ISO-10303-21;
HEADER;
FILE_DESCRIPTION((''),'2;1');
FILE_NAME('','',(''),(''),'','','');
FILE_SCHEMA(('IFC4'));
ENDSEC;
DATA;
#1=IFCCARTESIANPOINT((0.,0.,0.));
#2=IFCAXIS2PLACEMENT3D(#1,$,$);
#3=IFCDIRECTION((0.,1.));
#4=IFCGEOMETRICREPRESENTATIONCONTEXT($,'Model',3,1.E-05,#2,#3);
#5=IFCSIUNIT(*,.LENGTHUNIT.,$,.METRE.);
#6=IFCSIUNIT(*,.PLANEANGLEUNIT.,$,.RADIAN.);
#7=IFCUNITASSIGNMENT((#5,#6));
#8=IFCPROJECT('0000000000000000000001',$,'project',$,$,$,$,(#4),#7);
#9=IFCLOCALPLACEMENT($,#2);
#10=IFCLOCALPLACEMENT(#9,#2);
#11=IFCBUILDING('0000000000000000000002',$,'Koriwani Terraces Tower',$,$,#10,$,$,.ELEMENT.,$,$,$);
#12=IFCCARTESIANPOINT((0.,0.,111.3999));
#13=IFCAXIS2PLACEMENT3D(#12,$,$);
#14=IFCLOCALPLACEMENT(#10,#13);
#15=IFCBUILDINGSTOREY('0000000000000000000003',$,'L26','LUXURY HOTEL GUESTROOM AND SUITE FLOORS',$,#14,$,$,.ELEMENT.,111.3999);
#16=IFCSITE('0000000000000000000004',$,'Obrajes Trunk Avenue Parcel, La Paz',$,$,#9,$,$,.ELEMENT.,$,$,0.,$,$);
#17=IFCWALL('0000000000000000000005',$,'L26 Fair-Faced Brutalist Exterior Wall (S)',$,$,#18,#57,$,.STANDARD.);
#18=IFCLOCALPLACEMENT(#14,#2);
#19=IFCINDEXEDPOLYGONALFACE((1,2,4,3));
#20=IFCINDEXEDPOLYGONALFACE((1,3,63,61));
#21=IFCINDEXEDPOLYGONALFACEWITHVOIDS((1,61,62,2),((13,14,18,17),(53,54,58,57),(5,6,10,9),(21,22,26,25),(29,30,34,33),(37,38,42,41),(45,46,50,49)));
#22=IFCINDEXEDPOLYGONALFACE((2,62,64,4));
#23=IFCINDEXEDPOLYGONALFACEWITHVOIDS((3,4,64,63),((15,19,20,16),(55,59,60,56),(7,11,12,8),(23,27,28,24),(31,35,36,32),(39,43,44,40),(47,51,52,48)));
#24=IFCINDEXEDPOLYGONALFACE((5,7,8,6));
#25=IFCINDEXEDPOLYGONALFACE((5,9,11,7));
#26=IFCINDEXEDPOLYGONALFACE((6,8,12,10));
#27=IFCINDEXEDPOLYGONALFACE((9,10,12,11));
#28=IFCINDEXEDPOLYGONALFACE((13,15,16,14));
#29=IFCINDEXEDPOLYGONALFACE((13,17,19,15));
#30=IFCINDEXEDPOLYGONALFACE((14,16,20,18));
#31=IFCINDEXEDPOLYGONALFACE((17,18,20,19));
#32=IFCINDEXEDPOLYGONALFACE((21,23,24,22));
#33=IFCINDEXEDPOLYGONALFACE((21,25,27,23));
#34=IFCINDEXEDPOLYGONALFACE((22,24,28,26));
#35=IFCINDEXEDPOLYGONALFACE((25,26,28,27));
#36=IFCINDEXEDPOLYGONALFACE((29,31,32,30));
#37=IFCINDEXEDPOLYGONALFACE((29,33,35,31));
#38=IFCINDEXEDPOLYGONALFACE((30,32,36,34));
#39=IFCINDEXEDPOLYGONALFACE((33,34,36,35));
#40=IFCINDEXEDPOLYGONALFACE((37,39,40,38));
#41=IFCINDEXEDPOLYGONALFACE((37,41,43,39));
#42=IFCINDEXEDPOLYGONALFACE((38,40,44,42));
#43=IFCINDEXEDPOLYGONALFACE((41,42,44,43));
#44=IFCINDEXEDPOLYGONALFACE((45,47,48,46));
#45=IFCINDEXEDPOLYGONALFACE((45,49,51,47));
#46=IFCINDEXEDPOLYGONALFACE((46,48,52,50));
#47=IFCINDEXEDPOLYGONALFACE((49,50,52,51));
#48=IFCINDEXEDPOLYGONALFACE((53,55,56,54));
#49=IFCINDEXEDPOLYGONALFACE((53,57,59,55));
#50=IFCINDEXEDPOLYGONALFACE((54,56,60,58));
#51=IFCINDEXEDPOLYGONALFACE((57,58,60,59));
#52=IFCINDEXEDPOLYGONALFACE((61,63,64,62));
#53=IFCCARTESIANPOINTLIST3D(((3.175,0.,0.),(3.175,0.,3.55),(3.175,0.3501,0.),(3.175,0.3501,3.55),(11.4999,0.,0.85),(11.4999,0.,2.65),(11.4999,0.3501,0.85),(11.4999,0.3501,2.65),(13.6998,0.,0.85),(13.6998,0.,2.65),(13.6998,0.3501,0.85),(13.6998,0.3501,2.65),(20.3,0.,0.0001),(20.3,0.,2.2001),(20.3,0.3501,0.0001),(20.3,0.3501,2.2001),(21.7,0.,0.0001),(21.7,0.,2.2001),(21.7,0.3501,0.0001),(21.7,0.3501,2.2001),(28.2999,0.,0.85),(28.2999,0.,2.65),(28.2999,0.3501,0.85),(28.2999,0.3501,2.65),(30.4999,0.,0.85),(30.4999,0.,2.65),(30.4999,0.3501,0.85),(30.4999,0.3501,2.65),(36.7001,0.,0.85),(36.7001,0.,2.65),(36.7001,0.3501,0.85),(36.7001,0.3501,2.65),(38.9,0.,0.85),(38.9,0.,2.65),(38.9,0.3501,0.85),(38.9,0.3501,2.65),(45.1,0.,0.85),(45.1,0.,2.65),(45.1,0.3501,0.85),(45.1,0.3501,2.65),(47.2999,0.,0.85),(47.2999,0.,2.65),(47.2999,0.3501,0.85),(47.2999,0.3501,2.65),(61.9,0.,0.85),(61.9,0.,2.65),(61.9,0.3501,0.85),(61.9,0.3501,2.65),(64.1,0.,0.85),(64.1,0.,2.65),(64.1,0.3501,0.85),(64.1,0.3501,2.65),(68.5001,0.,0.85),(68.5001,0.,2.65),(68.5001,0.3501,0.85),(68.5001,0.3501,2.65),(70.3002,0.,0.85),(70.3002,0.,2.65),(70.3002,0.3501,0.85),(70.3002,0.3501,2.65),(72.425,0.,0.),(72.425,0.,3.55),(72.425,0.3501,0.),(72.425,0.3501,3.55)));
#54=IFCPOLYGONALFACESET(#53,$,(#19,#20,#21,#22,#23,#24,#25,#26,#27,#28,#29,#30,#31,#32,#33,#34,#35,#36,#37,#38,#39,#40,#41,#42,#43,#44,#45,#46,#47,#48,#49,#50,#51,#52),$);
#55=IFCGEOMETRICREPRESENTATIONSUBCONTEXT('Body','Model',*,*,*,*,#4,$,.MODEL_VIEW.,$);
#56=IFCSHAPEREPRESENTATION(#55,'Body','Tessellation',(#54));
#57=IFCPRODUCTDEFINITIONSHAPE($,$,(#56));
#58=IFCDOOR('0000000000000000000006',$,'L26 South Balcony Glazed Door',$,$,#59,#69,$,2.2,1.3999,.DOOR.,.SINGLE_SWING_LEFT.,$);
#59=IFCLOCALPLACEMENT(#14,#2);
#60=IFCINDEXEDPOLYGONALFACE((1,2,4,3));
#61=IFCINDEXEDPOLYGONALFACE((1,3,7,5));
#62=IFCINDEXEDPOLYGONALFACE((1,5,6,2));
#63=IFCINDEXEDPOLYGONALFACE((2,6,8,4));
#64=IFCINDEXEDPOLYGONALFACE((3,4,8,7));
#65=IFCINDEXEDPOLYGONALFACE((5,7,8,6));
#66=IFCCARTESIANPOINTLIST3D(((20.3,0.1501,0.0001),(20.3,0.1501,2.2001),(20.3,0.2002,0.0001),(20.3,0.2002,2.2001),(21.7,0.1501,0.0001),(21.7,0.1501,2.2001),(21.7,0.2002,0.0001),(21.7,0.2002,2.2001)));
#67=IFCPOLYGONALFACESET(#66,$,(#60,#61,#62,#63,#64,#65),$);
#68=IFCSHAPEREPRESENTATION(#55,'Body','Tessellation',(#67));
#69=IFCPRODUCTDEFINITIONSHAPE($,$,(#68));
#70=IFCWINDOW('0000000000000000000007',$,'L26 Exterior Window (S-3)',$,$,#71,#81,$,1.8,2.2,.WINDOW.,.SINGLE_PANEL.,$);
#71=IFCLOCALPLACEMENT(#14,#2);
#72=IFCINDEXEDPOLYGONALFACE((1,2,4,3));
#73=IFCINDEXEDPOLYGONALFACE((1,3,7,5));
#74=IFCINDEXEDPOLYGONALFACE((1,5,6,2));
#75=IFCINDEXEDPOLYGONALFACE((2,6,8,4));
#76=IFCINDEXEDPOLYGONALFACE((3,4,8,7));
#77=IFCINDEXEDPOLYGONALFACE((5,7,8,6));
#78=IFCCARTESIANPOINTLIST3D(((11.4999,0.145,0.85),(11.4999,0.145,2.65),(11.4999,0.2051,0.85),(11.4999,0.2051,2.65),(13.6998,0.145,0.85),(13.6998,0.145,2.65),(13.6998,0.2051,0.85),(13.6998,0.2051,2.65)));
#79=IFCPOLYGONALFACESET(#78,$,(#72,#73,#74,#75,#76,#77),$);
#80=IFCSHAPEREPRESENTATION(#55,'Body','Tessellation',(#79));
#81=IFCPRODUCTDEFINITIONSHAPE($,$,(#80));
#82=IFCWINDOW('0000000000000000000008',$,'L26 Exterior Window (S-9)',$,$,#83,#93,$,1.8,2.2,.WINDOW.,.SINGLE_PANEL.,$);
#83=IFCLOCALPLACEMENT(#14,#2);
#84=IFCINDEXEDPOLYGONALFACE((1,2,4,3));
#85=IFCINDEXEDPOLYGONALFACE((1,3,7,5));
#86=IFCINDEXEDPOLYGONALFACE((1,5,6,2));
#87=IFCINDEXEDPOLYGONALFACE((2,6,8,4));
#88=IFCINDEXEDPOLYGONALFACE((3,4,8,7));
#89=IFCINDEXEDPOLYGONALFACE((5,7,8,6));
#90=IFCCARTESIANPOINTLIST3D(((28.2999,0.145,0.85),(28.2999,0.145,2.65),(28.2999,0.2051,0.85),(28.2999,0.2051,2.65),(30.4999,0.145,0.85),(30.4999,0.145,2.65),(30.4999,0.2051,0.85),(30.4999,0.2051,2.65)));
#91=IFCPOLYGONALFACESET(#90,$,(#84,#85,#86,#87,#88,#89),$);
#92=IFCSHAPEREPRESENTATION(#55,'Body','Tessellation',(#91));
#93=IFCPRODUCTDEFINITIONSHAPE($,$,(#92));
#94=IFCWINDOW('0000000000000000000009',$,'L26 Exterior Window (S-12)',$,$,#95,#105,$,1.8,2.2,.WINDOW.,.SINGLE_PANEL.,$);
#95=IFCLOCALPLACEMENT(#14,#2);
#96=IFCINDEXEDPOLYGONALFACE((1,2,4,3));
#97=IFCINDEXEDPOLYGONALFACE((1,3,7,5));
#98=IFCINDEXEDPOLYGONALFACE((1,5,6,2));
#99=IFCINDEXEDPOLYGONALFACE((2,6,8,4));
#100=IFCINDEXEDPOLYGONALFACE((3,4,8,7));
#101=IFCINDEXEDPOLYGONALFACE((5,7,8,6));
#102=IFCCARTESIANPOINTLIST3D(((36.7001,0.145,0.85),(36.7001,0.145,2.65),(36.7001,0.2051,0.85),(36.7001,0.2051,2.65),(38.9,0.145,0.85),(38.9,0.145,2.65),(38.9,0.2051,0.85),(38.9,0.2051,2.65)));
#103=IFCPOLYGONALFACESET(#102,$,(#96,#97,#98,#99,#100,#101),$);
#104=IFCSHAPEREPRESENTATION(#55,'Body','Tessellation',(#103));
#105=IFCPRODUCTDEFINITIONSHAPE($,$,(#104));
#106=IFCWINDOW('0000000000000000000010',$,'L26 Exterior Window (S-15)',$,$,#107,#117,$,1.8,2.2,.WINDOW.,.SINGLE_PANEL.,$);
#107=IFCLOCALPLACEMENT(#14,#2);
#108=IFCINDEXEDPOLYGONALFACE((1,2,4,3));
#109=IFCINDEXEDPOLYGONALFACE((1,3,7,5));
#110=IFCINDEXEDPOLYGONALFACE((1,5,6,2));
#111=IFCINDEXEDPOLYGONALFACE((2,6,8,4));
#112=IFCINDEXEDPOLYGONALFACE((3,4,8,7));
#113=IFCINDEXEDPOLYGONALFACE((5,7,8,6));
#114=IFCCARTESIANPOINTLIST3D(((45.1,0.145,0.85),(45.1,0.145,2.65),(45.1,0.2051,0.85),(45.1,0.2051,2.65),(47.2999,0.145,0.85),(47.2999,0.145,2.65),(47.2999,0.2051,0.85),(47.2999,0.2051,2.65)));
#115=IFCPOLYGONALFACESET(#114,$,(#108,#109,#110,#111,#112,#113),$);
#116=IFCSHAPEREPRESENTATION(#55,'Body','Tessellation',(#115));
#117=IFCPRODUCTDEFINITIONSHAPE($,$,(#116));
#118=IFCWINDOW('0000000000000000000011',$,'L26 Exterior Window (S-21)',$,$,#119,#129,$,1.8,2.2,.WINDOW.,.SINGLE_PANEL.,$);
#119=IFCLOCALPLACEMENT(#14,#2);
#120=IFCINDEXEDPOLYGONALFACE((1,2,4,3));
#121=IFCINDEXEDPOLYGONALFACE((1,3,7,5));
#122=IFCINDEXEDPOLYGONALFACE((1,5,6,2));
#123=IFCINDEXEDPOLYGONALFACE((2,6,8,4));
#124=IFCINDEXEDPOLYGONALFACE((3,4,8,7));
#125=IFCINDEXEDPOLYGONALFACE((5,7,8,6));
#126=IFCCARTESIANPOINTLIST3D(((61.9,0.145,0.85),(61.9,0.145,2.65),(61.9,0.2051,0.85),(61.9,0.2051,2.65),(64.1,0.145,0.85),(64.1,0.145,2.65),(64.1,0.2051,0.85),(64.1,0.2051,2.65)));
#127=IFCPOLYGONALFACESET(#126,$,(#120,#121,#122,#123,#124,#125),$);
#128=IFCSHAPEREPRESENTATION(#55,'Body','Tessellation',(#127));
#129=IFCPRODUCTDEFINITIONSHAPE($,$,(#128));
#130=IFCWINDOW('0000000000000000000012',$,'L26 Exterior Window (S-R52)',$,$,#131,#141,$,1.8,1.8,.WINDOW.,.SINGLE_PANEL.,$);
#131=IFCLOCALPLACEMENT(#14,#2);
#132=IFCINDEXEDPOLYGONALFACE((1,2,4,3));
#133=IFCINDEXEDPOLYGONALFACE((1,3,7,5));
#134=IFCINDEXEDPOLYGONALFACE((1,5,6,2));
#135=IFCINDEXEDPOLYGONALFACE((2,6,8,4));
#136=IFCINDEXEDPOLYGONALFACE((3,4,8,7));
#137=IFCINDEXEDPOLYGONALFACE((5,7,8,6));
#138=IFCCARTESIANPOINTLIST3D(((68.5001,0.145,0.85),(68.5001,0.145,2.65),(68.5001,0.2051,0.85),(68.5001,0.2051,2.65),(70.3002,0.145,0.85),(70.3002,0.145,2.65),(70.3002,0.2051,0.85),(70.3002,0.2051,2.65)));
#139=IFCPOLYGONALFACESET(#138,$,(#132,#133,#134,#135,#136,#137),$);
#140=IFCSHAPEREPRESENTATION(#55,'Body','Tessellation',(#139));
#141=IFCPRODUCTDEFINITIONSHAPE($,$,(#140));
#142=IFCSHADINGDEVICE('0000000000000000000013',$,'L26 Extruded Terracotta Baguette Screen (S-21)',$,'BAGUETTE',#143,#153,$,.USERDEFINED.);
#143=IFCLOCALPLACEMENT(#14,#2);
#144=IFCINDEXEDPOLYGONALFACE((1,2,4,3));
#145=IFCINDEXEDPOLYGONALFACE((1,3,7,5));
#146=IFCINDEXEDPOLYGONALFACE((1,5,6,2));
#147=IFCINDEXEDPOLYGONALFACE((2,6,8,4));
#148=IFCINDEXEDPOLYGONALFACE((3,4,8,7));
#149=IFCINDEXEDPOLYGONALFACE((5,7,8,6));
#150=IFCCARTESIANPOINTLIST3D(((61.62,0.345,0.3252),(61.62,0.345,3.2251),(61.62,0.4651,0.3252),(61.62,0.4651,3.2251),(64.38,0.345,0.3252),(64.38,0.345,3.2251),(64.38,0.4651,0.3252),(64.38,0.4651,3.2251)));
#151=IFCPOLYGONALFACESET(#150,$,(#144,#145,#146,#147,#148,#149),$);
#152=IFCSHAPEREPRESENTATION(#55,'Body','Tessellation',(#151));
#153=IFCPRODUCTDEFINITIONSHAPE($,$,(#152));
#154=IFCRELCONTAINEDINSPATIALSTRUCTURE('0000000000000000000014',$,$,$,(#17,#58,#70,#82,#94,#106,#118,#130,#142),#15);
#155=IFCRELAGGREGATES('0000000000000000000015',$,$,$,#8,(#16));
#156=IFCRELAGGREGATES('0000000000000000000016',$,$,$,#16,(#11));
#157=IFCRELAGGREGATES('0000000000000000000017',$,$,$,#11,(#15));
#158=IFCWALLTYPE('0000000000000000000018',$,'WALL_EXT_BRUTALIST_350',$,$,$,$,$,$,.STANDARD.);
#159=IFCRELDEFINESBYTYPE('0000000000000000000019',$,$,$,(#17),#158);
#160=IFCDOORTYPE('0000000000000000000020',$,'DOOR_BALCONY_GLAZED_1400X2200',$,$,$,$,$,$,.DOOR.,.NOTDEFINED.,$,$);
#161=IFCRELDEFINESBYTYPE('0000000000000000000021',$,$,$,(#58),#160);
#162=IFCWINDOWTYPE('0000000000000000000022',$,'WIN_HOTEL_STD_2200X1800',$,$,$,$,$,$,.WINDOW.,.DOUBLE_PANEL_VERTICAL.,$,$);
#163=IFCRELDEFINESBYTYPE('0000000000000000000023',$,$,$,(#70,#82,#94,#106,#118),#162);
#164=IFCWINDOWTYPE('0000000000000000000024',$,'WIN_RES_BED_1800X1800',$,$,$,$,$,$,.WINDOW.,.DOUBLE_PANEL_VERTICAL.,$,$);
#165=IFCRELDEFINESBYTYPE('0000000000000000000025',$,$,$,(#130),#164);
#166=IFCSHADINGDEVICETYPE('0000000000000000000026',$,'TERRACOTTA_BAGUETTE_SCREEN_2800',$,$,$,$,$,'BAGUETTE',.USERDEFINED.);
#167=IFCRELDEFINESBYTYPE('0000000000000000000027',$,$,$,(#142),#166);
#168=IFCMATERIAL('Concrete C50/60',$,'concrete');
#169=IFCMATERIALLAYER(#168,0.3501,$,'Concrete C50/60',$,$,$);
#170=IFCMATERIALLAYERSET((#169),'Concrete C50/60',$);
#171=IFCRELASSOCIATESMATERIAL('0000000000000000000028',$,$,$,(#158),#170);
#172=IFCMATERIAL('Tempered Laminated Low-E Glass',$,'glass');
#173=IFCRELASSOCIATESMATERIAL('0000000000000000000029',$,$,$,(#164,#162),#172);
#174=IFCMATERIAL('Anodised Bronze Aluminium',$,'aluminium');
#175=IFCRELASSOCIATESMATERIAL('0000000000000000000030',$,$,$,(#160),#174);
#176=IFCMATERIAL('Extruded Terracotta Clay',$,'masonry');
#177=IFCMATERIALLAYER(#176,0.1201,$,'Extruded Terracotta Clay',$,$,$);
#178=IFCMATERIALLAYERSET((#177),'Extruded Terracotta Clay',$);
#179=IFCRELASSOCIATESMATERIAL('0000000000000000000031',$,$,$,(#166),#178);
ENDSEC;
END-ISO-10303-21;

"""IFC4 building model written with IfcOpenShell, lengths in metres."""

from ifc_helpers import new_model, si_unit, direction, frame, frame_2d, origin, origin_2d, place, context, subcontext, project, spatial, rectangle, extrude, material, layer, layer_set, type_object, element, fill, save


model = new_model("IFC4")

# Units and contexts
model_context = context("Model", 3, precision=1e-05, world=origin(), true_north=direction((0.0, 1.0)))
body_context = subcontext(model_context, "Body", "Model", "MODEL_VIEW")
ifc_project = project(units=[si_unit("LENGTHUNIT", "METRE"), si_unit("PLANEANGLEUNIT", "RADIAN")], contexts=[model_context])

# Site, building, storey
site_placement = place(None, origin())
site = spatial("IfcSite", under=ifc_project, at=site_placement, Name="Obrajes Trunk Avenue Parcel, La Paz", CompositionType="ELEMENT", RefElevation=0.0)
building_placement = place(site_placement, origin())
building = spatial("IfcBuilding", under=site, at=building_placement, Name="Koriwani Terraces Tower", CompositionType="ELEMENT")
storey_placement = place(building_placement, frame((0.0, 0.0, 111.3999)))
storey = spatial("IfcBuildingStorey", under=building, at=storey_placement, Name="L26", Description="LUXURY HOTEL GUESTROOM AND SUITE FLOORS", CompositionType="ELEMENT", Elevation=111.3999)

# Shared definitions
ifc_material_1 = material(Name="Concrete C50/60", Category="concrete")

# Shared definitions
ifc_layer_1 = layer(ifc_material_1, 0.3501, Name="Concrete C50/60")
ifc_layer_set_1 = layer_set([ifc_layer_1], Name="Concrete C50/60")
wall_type_1 = type_object("IfcWallType", Name="WALL_EXT_BRUTALIST_350", PredefinedType="STANDARD", material=ifc_layer_set_1)

# Shared definitions
ifc_material_2 = material(Name="Tempered Laminated Low-E Glass", Category="glass")
window_type_1 = type_object("IfcWindowType", Name="WIN_RES_BED_1800X1800", PartitioningType="DOUBLE_PANEL_VERTICAL", PredefinedType="WINDOW", material=ifc_material_2)

# Wall, openings, door, windows
wall_1_placement = place(storey_placement, frame((72.425, 0.175, 0.0), z_axis=(0.0, 0.0, 1.0), x_axis=(-1.0, 0.0, 0.0)))
wall_1 = element("IfcWall", 1, at=wall_1_placement, inside=storey, type_object=wall_type_1, Name="L26 Fair-Faced Brutalist Exterior Wall (S)", PredefinedType="STANDARD", context=body_context, shape_type="SweptSolid", body=[
    extrude(rectangle(XDim=69.25, YDim=0.3501, at=frame_2d((34.625, 0.0))), origin(), (0.0, 0.0, 1.0), 3.55),
])
opening_1_placement = place(wall_1_placement, frame((50.7251, 0.0, 0.0)))
opening_1 = element("IfcOpeningElement", 2, at=opening_1_placement, cuts=wall_1, PredefinedType="OPENING", context=body_context, shape_type="SweptSolid", body=[
    extrude(rectangle(XDim=1.3999, YDim=2.2, at=frame_2d((0.7, 1.1001))), frame((0.0, 0.1851, 0.0), z_axis=(0.0, -1.0, 0.0), x_axis=(1.0, 0.0, 0.0)), (0.0, 0.0, 1.0), 0.3701),
])
opening_2_placement = place(wall_1_placement, frame((58.7251, 0.0, 0.8501)))
opening_2 = element("IfcOpeningElement", 3, at=opening_2_placement, cuts=wall_1, PredefinedType="OPENING", context=body_context, shape_type="SweptSolid", body=[
    extrude(rectangle(XDim=2.2, YDim=1.8, at=frame_2d((1.1001, 0.8999))), frame((0.0, 0.1851, 0.0), z_axis=(0.0, -1.0, 0.0), x_axis=(1.0, 0.0, 0.0)), (0.0, 0.0, 1.0), 0.3701),
])
opening_3_placement = place(wall_1_placement, frame((41.925, 0.0, 0.8501)))
opening_3 = element("IfcOpeningElement", 4, at=opening_3_placement, cuts=wall_1, PredefinedType="OPENING", context=body_context, shape_type="SweptSolid", body=[
    extrude(rectangle(XDim=2.2, YDim=1.8, at=frame_2d((1.1001, 0.8999))), frame((0.0, 0.1851, 0.0), z_axis=(0.0, -1.0, 0.0), x_axis=(1.0, 0.0, 0.0)), (0.0, 0.0, 1.0), 0.3701),
])
opening_4_placement = place(wall_1_placement, frame((33.5249, 0.0, 0.8501)))
opening_4 = element("IfcOpeningElement", 5, at=opening_4_placement, cuts=wall_1, PredefinedType="OPENING", context=body_context, shape_type="SweptSolid", body=[
    extrude(rectangle(XDim=2.2, YDim=1.8, at=frame_2d((1.1001, 0.8999))), frame((0.0, 0.1851, 0.0), z_axis=(0.0, -1.0, 0.0), x_axis=(1.0, 0.0, 0.0)), (0.0, 0.0, 1.0), 0.3701),
])
opening_5_placement = place(wall_1_placement, frame((25.125, 0.0, 0.8501)))
opening_5 = element("IfcOpeningElement", 6, at=opening_5_placement, cuts=wall_1, PredefinedType="OPENING", context=body_context, shape_type="SweptSolid", body=[
    extrude(rectangle(XDim=2.2, YDim=1.8, at=frame_2d((1.1001, 0.8999))), frame((0.0, 0.1851, 0.0), z_axis=(0.0, -1.0, 0.0), x_axis=(1.0, 0.0, 0.0)), (0.0, 0.0, 1.0), 0.3701),
])
opening_6_placement = place(wall_1_placement, frame((8.325, 0.0, 0.8501)))
opening_6 = element("IfcOpeningElement", 7, at=opening_6_placement, cuts=wall_1, PredefinedType="OPENING", context=body_context, shape_type="SweptSolid", body=[
    extrude(rectangle(XDim=2.2, YDim=1.8, at=frame_2d((1.1001, 0.8999))), frame((0.0, 0.1851, 0.0), z_axis=(0.0, -1.0, 0.0), x_axis=(1.0, 0.0, 0.0)), (0.0, 0.0, 1.0), 0.3701),
])
opening_7_placement = place(wall_1_placement, frame((2.125, 0.0, 0.8501)))
opening_7 = element("IfcOpeningElement", 8, at=opening_7_placement, cuts=wall_1, PredefinedType="OPENING", context=body_context, shape_type="SweptSolid", body=[
    extrude(rectangle(XDim=1.8, YDim=1.8, at=frame_2d((0.8999, 0.8999))), frame((0.0, 0.1851, 0.0), z_axis=(0.0, -1.0, 0.0), x_axis=(1.0, 0.0, 0.0)), (0.0, 0.0, 1.0), 0.3701),
])
ifc_material_3 = material(Name="Anodised Bronze Aluminium", Category="aluminium")
door_type = type_object("IfcDoorType", Name="DOOR_BALCONY_GLAZED_1400X2200", OperationType="NOTDEFINED", PredefinedType="DOOR", material=ifc_material_3)
door_placement = place(opening_1_placement, origin())
door = element("IfcDoor", 9, at=door_placement, inside=storey, type_object=door_type, Name="L26 South Balcony Glazed Door", OperationType="SINGLE_SWING_LEFT", OverallHeight=2.2, OverallWidth=1.3999, PredefinedType="DOOR", context=body_context, shape_type="SweptSolid", body=[
    extrude(rectangle(XDim=1.3999, YDim=2.2, at=frame_2d((0.7, 1.1001))), frame((0.0, 0.0249, 0.0), z_axis=(0.0, -1.0, 0.0), x_axis=(1.0, 0.0, 0.0)), (0.0, 0.0, 1.0), 0.05),
])
fill(opening_1, door)
window_type_2 = type_object("IfcWindowType", Name="WIN_HOTEL_STD_2200X1800", PartitioningType="DOUBLE_PANEL_VERTICAL", PredefinedType="WINDOW", material=ifc_material_2)
window_1_placement = place(opening_2_placement, origin())
window_1 = element("IfcWindow", 10, at=window_1_placement, inside=storey, type_object=window_type_2, Name="L26 Exterior Window (S-3)", OverallHeight=1.8, OverallWidth=2.2, PartitioningType="SINGLE_PANEL", PredefinedType="WINDOW", context=body_context, shape_type="SweptSolid", body=[
    extrude(rectangle(XDim=2.2, YDim=1.8, at=frame_2d((1.1001, 0.8999))), frame((0.0, 0.03, 0.0), z_axis=(0.0, -1.0, 0.0), x_axis=(1.0, 0.0, 0.0)), (0.0, 0.0, 1.0), 0.0601),
])
fill(opening_2, window_1)
window_2_placement = place(opening_3_placement, origin())
window_2 = element("IfcWindow", 11, at=window_2_placement, inside=storey, type_object=window_type_2, Name="L26 Exterior Window (S-9)", OverallHeight=1.8, OverallWidth=2.2, PartitioningType="SINGLE_PANEL", PredefinedType="WINDOW", context=body_context, shape_type="SweptSolid", body=[
    extrude(rectangle(XDim=2.2, YDim=1.8, at=frame_2d((1.1001, 0.8999))), frame((0.0, 0.03, 0.0), z_axis=(0.0, -1.0, 0.0), x_axis=(1.0, 0.0, 0.0)), (0.0, 0.0, 1.0), 0.0601),
])
fill(opening_3, window_2)
window_3_placement = place(opening_4_placement, origin())
window_3 = element("IfcWindow", 12, at=window_3_placement, inside=storey, type_object=window_type_2, Name="L26 Exterior Window (S-12)", OverallHeight=1.8, OverallWidth=2.2, PartitioningType="SINGLE_PANEL", PredefinedType="WINDOW", context=body_context, shape_type="SweptSolid", body=[
    extrude(rectangle(XDim=2.2, YDim=1.8, at=frame_2d((1.1001, 0.8999))), frame((0.0, 0.03, 0.0), z_axis=(0.0, -1.0, 0.0), x_axis=(1.0, 0.0, 0.0)), (0.0, 0.0, 1.0), 0.0601),
])
fill(opening_4, window_3)
window_4_placement = place(opening_5_placement, origin())
window_4 = element("IfcWindow", 13, at=window_4_placement, inside=storey, type_object=window_type_2, Name="L26 Exterior Window (S-15)", OverallHeight=1.8, OverallWidth=2.2, PartitioningType="SINGLE_PANEL", PredefinedType="WINDOW", context=body_context, shape_type="SweptSolid", body=[
    extrude(rectangle(XDim=2.2, YDim=1.8, at=frame_2d((1.1001, 0.8999))), frame((0.0, 0.03, 0.0), z_axis=(0.0, -1.0, 0.0), x_axis=(1.0, 0.0, 0.0)), (0.0, 0.0, 1.0), 0.0601),
])
fill(opening_5, window_4)
window_5_placement = place(opening_6_placement, origin())
window_5 = element("IfcWindow", 14, at=window_5_placement, inside=storey, type_object=window_type_2, Name="L26 Exterior Window (S-21)", OverallHeight=1.8, OverallWidth=2.2, PartitioningType="SINGLE_PANEL", PredefinedType="WINDOW", context=body_context, shape_type="SweptSolid", body=[
    extrude(rectangle(XDim=2.2, YDim=1.8, at=frame_2d((1.1001, 0.8999))), frame((0.0, 0.03, 0.0), z_axis=(0.0, -1.0, 0.0), x_axis=(1.0, 0.0, 0.0)), (0.0, 0.0, 1.0), 0.0601),
])
fill(opening_6, window_5)
window_6_placement = place(opening_7_placement, origin())
window_6 = element("IfcWindow", 15, at=window_6_placement, inside=storey, type_object=window_type_1, Name="L26 Exterior Window (S-R52)", OverallHeight=1.8, OverallWidth=1.8, PartitioningType="SINGLE_PANEL", PredefinedType="WINDOW", context=body_context, shape_type="SweptSolid", body=[
    extrude(rectangle(XDim=1.8, YDim=1.8, at=frame_2d((0.8999, 0.8999))), frame((0.0, 0.03, 0.0), z_axis=(0.0, -1.0, 0.0), x_axis=(1.0, 0.0, 0.0)), (0.0, 0.0, 1.0), 0.0601),
])
fill(opening_7, window_6)

# Shading device
ifc_material_4 = material(Name="Extruded Terracotta Clay", Category="masonry")
ifc_layer_2 = layer(ifc_material_4, 0.1201, Name="Extruded Terracotta Clay")
ifc_layer_set_2 = layer_set([ifc_layer_2], Name="Extruded Terracotta Clay")
shading_device_type = type_object("IfcShadingDeviceType", Name="TERRACOTTA_BAGUETTE_SCREEN_2800", ElementType="BAGUETTE", PredefinedType="USERDEFINED", material=ifc_layer_set_2)
shading_device_placement = place(storey_placement, frame((63.0, 0.405, 0.3252), z_axis=(0.0, 0.0, 1.0), x_axis=(-1.0, 0.0, 0.0)))
element("IfcShadingDevice", 16, at=shading_device_placement, inside=storey, type_object=shading_device_type, Name="L26 Extruded Terracotta Baguette Screen (S-21)", ObjectType="BAGUETTE", PredefinedType="USERDEFINED", context=body_context, shape_type="SweptSolid", body=[
    extrude(rectangle(XDim=2.76, YDim=0.1201, at=origin_2d()), origin(), (0.0, 0.0, 1.0), 2.8999),
])

save(model, "model.ifc")
